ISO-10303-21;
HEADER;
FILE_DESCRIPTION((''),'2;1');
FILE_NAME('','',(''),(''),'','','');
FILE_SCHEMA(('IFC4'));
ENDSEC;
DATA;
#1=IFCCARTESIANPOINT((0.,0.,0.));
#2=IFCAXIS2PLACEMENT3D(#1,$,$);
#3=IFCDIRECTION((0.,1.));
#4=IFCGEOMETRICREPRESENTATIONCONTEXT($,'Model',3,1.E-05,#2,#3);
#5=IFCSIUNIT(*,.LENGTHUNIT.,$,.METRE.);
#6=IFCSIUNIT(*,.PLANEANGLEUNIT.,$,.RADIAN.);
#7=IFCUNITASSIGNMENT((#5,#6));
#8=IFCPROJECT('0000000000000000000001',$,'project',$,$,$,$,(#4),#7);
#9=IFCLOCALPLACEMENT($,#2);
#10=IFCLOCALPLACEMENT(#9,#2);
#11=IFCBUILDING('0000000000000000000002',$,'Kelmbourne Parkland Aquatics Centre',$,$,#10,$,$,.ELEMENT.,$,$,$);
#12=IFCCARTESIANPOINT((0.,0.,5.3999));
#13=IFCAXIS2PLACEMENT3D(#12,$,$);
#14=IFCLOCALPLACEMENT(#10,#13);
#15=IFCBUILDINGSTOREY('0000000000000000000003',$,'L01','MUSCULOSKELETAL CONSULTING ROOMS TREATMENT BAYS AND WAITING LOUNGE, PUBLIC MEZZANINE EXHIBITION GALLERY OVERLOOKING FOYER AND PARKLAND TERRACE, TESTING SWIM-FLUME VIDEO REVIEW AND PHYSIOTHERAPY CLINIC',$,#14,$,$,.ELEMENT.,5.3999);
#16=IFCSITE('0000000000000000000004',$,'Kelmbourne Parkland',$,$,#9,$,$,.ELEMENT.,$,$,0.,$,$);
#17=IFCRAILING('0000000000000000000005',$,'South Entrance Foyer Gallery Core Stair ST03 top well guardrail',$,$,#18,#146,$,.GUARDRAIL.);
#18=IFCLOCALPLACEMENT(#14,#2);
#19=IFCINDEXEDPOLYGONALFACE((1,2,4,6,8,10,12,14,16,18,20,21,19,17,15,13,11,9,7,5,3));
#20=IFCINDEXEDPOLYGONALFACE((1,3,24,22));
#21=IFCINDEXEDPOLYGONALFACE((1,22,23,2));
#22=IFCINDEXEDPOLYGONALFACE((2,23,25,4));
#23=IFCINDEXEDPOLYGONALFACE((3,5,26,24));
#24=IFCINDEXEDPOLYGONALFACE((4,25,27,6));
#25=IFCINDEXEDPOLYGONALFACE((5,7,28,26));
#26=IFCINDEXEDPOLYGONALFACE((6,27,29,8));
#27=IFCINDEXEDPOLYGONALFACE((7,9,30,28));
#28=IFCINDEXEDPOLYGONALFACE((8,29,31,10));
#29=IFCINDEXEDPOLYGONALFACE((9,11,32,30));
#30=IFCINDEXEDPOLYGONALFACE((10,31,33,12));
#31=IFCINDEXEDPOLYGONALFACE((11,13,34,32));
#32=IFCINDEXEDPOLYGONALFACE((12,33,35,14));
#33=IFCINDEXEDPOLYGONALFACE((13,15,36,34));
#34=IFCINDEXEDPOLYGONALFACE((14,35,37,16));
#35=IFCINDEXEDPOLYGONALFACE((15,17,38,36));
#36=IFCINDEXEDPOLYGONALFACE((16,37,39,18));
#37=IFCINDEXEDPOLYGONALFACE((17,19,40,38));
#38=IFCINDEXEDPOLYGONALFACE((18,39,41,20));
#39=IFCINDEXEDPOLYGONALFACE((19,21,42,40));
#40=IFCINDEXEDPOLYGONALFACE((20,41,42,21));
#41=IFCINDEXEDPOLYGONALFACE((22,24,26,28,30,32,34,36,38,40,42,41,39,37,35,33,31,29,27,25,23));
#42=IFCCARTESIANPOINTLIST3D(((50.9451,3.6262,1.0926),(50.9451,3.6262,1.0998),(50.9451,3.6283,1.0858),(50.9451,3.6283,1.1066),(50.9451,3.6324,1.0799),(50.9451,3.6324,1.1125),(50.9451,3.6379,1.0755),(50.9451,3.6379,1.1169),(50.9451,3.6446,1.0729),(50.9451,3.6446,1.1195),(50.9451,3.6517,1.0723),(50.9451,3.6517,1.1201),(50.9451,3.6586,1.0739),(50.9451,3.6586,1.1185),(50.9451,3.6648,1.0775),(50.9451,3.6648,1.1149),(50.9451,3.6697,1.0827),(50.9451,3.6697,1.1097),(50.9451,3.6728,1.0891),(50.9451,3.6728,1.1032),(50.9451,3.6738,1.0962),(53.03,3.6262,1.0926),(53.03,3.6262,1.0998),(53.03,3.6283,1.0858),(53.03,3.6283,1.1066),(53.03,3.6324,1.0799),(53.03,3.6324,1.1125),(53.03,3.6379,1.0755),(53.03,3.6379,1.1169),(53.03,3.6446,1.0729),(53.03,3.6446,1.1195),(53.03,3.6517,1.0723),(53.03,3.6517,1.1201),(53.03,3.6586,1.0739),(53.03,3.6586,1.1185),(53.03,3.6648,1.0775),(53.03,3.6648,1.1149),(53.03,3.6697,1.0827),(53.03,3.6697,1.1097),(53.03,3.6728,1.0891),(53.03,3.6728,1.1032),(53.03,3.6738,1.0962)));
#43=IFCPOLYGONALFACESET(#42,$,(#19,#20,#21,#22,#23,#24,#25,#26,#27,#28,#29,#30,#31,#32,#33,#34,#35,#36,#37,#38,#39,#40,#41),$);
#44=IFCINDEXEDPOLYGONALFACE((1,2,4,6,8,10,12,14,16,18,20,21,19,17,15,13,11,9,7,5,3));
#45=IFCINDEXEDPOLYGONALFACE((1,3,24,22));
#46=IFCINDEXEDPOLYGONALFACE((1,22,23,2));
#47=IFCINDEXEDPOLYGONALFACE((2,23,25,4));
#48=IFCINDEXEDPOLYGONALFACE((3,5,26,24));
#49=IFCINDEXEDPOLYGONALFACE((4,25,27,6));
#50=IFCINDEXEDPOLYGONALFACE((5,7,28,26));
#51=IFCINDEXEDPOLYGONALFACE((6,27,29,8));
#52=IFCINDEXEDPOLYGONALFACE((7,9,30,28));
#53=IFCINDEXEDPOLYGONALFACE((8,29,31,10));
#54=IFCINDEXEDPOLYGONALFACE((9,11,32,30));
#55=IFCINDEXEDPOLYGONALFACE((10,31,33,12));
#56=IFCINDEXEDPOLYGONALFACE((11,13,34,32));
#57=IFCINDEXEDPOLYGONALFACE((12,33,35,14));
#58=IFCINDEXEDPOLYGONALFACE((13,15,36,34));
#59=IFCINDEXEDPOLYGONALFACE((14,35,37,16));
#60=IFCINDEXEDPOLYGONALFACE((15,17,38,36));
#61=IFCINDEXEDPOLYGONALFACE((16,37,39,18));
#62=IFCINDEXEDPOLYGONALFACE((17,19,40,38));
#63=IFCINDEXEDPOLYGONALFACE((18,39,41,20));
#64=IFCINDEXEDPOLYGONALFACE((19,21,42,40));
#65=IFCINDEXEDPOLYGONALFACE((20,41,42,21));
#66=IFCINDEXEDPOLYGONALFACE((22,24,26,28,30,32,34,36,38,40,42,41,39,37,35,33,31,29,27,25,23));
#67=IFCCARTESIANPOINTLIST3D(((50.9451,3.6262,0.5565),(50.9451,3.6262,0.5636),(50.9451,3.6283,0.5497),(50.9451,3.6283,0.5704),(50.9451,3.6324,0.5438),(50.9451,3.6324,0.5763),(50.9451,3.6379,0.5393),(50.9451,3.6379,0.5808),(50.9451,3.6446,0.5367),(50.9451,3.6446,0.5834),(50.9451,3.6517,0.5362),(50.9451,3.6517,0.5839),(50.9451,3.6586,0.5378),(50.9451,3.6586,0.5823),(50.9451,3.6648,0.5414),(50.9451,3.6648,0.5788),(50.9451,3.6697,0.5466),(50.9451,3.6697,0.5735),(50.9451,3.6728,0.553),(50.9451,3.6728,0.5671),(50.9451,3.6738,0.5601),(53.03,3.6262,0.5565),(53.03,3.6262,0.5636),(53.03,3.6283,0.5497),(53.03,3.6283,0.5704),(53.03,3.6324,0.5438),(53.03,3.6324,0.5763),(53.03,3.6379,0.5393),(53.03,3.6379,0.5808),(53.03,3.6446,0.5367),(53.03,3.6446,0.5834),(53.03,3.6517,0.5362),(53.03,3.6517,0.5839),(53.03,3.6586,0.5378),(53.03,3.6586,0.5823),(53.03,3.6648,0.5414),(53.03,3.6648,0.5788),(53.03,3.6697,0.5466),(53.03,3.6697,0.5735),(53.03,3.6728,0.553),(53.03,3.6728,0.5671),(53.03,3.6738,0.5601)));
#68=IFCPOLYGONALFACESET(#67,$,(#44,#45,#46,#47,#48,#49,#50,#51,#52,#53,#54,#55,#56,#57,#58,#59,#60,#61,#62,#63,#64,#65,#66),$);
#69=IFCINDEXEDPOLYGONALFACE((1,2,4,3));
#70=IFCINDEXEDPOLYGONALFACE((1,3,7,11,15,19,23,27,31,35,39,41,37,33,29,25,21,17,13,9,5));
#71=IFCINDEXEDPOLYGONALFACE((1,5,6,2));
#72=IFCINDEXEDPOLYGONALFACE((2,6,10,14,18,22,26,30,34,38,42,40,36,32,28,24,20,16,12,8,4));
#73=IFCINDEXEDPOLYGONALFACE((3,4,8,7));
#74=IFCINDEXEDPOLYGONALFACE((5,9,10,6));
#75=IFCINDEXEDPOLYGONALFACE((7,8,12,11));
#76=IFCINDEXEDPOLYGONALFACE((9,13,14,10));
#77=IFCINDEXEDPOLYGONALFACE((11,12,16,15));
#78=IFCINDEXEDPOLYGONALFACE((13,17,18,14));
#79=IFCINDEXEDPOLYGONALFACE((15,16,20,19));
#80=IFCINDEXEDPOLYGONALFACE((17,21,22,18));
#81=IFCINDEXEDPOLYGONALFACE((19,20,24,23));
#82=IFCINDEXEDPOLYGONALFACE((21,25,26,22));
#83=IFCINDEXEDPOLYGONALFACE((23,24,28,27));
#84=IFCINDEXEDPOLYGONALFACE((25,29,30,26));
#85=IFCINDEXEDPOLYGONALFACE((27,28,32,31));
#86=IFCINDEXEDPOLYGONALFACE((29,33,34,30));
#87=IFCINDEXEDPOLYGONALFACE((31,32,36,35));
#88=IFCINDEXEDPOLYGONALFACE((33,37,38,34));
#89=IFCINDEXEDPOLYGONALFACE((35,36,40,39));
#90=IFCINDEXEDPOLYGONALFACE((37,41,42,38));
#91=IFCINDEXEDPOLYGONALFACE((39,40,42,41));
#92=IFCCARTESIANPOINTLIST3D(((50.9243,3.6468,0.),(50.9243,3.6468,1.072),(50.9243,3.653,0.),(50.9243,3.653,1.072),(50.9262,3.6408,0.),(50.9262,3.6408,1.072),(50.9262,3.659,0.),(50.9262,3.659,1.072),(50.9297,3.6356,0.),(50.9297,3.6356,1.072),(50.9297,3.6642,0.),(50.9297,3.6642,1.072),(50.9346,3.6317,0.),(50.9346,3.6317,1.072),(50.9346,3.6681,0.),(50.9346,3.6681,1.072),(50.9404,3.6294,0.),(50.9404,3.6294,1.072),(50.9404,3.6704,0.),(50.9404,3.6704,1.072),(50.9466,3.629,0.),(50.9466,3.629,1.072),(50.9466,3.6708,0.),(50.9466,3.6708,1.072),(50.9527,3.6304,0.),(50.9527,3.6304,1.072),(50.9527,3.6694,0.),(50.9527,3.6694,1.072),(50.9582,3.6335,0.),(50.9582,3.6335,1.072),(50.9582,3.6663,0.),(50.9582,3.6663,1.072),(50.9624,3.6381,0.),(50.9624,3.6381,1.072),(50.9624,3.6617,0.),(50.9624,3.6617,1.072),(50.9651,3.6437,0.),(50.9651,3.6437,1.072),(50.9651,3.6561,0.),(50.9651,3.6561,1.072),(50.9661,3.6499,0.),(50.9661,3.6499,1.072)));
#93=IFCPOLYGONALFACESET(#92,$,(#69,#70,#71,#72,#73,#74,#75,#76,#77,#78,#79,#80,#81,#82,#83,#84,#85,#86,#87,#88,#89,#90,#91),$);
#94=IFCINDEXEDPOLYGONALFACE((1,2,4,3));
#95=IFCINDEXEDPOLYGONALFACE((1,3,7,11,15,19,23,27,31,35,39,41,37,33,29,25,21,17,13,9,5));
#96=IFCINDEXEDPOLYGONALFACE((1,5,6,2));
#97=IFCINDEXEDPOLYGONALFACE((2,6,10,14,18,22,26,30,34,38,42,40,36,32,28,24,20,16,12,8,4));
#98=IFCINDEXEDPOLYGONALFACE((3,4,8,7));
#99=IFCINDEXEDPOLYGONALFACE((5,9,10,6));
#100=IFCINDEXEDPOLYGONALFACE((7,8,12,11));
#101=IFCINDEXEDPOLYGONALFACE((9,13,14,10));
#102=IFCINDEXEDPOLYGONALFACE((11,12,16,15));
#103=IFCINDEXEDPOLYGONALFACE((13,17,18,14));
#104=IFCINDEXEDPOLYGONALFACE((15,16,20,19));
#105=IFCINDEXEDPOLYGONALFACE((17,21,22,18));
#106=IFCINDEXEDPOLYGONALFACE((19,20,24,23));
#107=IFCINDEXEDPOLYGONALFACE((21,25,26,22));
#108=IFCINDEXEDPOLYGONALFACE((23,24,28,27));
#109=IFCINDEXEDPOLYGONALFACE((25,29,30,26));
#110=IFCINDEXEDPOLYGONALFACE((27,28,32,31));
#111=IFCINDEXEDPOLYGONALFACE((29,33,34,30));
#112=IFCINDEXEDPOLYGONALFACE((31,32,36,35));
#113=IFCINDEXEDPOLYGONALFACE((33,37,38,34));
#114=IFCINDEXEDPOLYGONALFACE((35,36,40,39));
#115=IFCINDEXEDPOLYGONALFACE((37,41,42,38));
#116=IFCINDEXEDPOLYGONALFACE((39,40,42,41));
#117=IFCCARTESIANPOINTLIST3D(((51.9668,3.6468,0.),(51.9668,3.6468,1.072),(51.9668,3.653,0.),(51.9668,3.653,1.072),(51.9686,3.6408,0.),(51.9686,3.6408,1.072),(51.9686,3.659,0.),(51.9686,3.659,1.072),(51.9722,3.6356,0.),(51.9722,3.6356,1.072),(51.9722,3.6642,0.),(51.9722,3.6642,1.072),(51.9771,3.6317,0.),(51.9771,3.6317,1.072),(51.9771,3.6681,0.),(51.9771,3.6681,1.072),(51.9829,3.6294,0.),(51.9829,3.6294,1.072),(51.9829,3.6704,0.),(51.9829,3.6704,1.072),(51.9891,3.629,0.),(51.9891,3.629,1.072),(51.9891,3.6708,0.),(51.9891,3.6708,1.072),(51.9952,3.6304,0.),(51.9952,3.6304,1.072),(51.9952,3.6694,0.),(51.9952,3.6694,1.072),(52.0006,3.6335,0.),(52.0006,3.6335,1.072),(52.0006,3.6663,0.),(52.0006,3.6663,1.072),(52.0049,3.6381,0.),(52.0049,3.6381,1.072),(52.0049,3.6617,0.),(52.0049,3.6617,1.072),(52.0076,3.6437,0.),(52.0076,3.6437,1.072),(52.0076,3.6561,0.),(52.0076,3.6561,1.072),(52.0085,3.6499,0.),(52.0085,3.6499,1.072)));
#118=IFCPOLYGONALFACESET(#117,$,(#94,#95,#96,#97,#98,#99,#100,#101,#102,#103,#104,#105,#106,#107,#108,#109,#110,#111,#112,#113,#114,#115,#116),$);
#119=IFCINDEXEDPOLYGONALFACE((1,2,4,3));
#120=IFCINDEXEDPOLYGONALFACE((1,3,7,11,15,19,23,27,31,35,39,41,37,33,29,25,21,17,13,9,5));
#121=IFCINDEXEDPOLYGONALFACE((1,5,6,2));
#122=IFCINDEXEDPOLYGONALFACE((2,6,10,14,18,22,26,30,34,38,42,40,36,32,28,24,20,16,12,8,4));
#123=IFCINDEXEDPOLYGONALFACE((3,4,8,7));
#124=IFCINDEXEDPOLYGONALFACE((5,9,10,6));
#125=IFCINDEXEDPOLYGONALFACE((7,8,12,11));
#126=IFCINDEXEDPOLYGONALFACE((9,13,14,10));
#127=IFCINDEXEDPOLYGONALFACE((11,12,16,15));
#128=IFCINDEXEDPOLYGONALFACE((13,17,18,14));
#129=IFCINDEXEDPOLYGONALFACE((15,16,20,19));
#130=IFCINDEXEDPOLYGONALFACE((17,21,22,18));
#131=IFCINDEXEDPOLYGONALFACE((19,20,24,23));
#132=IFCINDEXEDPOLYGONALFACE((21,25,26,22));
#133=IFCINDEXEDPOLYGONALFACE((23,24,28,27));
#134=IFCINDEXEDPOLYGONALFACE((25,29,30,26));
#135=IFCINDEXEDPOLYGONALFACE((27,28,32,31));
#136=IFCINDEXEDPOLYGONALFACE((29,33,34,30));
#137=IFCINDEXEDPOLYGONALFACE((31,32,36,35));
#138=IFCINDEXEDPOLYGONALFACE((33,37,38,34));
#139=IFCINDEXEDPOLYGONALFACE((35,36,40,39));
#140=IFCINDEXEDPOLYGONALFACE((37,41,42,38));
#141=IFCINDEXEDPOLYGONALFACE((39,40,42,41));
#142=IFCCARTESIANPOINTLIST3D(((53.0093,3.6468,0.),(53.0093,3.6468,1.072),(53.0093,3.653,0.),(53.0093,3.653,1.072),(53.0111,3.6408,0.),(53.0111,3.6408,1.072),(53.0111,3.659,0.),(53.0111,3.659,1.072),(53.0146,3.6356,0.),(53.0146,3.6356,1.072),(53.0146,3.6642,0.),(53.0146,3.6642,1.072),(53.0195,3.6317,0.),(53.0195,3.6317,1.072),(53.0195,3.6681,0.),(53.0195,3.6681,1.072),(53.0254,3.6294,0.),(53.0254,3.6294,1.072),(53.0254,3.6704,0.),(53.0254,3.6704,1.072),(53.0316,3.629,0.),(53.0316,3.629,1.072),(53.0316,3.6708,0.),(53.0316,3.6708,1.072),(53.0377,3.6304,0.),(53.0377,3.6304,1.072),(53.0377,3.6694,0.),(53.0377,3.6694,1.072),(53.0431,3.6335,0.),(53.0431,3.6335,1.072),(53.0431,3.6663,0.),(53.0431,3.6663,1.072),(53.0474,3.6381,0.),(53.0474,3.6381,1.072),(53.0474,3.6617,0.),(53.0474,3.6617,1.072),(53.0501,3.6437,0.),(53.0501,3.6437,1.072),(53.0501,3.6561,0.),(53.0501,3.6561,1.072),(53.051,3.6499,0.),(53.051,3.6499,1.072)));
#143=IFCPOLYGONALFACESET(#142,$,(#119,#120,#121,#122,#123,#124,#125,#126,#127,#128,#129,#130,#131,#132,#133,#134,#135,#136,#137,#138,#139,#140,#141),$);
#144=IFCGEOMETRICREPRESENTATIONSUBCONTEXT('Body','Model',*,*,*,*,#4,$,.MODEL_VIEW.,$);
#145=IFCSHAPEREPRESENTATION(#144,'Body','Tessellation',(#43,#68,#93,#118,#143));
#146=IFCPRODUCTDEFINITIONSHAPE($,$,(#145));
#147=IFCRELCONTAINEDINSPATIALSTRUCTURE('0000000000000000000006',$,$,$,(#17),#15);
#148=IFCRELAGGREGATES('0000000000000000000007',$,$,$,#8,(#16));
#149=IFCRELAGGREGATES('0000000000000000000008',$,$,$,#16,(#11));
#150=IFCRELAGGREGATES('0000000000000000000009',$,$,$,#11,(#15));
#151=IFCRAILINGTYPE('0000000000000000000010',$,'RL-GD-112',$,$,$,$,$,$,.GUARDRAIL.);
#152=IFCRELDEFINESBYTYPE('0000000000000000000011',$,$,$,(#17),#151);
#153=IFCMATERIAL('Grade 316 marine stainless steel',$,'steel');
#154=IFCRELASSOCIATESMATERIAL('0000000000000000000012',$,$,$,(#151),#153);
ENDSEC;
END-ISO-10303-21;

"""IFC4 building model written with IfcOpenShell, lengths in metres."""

from ifc_helpers import new_model, si_unit, direction, frame, origin, origin_2d, place, context, subcontext, project, spatial, circle, extrude, material, type_object, element, save


model = new_model("IFC4")

# Units and contexts
model_context = context("Model", 3, precision=1e-05, world=origin(), true_north=direction((0.0, 1.0)))
body_context = subcontext(model_context, "Body", "Model", "MODEL_VIEW")
ifc_project = project(units=[si_unit("LENGTHUNIT", "METRE"), si_unit("PLANEANGLEUNIT", "RADIAN")], contexts=[model_context])

# Site, building, storey
site_placement = place(None, origin())
site = spatial("IfcSite", under=ifc_project, at=site_placement, Name="Kelmbourne Parkland", CompositionType="ELEMENT", RefElevation=0.0)
building_placement = place(site_placement, origin())
building = spatial("IfcBuilding", under=site, at=building_placement, Name="Kelmbourne Parkland Aquatics Centre", CompositionType="ELEMENT")
storey_placement = place(building_placement, frame((0.0, 0.0, 5.3999)))
storey = spatial("IfcBuildingStorey", under=building, at=storey_placement, Name="L01", Description="MUSCULOSKELETAL CONSULTING ROOMS TREATMENT BAYS AND WAITING LOUNGE, PUBLIC MEZZANINE EXHIBITION GALLERY OVERLOOKING FOYER AND PARKLAND TERRACE, TESTING SWIM-FLUME VIDEO REVIEW AND PHYSIOTHERAPY CLINIC", CompositionType="ELEMENT", Elevation=5.3999)

# Railing
ifc_material_1 = material(Name="Grade 316 marine stainless steel", Category="steel")
railing_type_1 = type_object("IfcRailingType", Name="RL-GD-112", PredefinedType="GUARDRAIL", material=ifc_material_1)
railing_1_placement = place(storey_placement, frame((50.9451, 3.6499, 0.0)))
element("IfcRailing", 1, at=railing_1_placement, inside=storey, type_object=railing_type_1, Name="South Entrance Foyer Gallery Core Stair ST03 top well guardrail", PredefinedType="GUARDRAIL", context=body_context, shape_type="SweptSolid", body=[
    extrude(circle(Radius=0.0239, at=origin_2d()), frame((0.0, 0.0, 1.0962), z_axis=(1.0, 0.0, 0.0), x_axis=(0.0, 1.0, 0.0)), (0.0, 0.0, 1.0), 2.085),
    extrude(circle(Radius=0.0239, at=origin_2d()), frame((0.0, 0.0, 0.5601), z_axis=(1.0, 0.0, 0.0), x_axis=(0.0, 1.0, 0.0)), (0.0, 0.0, 1.0), 2.085),
    extrude(circle(Radius=0.021, at=origin_2d()), origin(), (0.0, 0.0, 1.0), 1.072),
    extrude(circle(Radius=0.021, at=origin_2d()), frame((1.0425, 0.0, 0.0)), (0.0, 0.0, 1.0), 1.072),
    extrude(circle(Radius=0.021, at=origin_2d()), frame((2.085, 0.0, 0.0)), (0.0, 0.0, 1.0), 1.072),
])

save(model, "model.ifc")
